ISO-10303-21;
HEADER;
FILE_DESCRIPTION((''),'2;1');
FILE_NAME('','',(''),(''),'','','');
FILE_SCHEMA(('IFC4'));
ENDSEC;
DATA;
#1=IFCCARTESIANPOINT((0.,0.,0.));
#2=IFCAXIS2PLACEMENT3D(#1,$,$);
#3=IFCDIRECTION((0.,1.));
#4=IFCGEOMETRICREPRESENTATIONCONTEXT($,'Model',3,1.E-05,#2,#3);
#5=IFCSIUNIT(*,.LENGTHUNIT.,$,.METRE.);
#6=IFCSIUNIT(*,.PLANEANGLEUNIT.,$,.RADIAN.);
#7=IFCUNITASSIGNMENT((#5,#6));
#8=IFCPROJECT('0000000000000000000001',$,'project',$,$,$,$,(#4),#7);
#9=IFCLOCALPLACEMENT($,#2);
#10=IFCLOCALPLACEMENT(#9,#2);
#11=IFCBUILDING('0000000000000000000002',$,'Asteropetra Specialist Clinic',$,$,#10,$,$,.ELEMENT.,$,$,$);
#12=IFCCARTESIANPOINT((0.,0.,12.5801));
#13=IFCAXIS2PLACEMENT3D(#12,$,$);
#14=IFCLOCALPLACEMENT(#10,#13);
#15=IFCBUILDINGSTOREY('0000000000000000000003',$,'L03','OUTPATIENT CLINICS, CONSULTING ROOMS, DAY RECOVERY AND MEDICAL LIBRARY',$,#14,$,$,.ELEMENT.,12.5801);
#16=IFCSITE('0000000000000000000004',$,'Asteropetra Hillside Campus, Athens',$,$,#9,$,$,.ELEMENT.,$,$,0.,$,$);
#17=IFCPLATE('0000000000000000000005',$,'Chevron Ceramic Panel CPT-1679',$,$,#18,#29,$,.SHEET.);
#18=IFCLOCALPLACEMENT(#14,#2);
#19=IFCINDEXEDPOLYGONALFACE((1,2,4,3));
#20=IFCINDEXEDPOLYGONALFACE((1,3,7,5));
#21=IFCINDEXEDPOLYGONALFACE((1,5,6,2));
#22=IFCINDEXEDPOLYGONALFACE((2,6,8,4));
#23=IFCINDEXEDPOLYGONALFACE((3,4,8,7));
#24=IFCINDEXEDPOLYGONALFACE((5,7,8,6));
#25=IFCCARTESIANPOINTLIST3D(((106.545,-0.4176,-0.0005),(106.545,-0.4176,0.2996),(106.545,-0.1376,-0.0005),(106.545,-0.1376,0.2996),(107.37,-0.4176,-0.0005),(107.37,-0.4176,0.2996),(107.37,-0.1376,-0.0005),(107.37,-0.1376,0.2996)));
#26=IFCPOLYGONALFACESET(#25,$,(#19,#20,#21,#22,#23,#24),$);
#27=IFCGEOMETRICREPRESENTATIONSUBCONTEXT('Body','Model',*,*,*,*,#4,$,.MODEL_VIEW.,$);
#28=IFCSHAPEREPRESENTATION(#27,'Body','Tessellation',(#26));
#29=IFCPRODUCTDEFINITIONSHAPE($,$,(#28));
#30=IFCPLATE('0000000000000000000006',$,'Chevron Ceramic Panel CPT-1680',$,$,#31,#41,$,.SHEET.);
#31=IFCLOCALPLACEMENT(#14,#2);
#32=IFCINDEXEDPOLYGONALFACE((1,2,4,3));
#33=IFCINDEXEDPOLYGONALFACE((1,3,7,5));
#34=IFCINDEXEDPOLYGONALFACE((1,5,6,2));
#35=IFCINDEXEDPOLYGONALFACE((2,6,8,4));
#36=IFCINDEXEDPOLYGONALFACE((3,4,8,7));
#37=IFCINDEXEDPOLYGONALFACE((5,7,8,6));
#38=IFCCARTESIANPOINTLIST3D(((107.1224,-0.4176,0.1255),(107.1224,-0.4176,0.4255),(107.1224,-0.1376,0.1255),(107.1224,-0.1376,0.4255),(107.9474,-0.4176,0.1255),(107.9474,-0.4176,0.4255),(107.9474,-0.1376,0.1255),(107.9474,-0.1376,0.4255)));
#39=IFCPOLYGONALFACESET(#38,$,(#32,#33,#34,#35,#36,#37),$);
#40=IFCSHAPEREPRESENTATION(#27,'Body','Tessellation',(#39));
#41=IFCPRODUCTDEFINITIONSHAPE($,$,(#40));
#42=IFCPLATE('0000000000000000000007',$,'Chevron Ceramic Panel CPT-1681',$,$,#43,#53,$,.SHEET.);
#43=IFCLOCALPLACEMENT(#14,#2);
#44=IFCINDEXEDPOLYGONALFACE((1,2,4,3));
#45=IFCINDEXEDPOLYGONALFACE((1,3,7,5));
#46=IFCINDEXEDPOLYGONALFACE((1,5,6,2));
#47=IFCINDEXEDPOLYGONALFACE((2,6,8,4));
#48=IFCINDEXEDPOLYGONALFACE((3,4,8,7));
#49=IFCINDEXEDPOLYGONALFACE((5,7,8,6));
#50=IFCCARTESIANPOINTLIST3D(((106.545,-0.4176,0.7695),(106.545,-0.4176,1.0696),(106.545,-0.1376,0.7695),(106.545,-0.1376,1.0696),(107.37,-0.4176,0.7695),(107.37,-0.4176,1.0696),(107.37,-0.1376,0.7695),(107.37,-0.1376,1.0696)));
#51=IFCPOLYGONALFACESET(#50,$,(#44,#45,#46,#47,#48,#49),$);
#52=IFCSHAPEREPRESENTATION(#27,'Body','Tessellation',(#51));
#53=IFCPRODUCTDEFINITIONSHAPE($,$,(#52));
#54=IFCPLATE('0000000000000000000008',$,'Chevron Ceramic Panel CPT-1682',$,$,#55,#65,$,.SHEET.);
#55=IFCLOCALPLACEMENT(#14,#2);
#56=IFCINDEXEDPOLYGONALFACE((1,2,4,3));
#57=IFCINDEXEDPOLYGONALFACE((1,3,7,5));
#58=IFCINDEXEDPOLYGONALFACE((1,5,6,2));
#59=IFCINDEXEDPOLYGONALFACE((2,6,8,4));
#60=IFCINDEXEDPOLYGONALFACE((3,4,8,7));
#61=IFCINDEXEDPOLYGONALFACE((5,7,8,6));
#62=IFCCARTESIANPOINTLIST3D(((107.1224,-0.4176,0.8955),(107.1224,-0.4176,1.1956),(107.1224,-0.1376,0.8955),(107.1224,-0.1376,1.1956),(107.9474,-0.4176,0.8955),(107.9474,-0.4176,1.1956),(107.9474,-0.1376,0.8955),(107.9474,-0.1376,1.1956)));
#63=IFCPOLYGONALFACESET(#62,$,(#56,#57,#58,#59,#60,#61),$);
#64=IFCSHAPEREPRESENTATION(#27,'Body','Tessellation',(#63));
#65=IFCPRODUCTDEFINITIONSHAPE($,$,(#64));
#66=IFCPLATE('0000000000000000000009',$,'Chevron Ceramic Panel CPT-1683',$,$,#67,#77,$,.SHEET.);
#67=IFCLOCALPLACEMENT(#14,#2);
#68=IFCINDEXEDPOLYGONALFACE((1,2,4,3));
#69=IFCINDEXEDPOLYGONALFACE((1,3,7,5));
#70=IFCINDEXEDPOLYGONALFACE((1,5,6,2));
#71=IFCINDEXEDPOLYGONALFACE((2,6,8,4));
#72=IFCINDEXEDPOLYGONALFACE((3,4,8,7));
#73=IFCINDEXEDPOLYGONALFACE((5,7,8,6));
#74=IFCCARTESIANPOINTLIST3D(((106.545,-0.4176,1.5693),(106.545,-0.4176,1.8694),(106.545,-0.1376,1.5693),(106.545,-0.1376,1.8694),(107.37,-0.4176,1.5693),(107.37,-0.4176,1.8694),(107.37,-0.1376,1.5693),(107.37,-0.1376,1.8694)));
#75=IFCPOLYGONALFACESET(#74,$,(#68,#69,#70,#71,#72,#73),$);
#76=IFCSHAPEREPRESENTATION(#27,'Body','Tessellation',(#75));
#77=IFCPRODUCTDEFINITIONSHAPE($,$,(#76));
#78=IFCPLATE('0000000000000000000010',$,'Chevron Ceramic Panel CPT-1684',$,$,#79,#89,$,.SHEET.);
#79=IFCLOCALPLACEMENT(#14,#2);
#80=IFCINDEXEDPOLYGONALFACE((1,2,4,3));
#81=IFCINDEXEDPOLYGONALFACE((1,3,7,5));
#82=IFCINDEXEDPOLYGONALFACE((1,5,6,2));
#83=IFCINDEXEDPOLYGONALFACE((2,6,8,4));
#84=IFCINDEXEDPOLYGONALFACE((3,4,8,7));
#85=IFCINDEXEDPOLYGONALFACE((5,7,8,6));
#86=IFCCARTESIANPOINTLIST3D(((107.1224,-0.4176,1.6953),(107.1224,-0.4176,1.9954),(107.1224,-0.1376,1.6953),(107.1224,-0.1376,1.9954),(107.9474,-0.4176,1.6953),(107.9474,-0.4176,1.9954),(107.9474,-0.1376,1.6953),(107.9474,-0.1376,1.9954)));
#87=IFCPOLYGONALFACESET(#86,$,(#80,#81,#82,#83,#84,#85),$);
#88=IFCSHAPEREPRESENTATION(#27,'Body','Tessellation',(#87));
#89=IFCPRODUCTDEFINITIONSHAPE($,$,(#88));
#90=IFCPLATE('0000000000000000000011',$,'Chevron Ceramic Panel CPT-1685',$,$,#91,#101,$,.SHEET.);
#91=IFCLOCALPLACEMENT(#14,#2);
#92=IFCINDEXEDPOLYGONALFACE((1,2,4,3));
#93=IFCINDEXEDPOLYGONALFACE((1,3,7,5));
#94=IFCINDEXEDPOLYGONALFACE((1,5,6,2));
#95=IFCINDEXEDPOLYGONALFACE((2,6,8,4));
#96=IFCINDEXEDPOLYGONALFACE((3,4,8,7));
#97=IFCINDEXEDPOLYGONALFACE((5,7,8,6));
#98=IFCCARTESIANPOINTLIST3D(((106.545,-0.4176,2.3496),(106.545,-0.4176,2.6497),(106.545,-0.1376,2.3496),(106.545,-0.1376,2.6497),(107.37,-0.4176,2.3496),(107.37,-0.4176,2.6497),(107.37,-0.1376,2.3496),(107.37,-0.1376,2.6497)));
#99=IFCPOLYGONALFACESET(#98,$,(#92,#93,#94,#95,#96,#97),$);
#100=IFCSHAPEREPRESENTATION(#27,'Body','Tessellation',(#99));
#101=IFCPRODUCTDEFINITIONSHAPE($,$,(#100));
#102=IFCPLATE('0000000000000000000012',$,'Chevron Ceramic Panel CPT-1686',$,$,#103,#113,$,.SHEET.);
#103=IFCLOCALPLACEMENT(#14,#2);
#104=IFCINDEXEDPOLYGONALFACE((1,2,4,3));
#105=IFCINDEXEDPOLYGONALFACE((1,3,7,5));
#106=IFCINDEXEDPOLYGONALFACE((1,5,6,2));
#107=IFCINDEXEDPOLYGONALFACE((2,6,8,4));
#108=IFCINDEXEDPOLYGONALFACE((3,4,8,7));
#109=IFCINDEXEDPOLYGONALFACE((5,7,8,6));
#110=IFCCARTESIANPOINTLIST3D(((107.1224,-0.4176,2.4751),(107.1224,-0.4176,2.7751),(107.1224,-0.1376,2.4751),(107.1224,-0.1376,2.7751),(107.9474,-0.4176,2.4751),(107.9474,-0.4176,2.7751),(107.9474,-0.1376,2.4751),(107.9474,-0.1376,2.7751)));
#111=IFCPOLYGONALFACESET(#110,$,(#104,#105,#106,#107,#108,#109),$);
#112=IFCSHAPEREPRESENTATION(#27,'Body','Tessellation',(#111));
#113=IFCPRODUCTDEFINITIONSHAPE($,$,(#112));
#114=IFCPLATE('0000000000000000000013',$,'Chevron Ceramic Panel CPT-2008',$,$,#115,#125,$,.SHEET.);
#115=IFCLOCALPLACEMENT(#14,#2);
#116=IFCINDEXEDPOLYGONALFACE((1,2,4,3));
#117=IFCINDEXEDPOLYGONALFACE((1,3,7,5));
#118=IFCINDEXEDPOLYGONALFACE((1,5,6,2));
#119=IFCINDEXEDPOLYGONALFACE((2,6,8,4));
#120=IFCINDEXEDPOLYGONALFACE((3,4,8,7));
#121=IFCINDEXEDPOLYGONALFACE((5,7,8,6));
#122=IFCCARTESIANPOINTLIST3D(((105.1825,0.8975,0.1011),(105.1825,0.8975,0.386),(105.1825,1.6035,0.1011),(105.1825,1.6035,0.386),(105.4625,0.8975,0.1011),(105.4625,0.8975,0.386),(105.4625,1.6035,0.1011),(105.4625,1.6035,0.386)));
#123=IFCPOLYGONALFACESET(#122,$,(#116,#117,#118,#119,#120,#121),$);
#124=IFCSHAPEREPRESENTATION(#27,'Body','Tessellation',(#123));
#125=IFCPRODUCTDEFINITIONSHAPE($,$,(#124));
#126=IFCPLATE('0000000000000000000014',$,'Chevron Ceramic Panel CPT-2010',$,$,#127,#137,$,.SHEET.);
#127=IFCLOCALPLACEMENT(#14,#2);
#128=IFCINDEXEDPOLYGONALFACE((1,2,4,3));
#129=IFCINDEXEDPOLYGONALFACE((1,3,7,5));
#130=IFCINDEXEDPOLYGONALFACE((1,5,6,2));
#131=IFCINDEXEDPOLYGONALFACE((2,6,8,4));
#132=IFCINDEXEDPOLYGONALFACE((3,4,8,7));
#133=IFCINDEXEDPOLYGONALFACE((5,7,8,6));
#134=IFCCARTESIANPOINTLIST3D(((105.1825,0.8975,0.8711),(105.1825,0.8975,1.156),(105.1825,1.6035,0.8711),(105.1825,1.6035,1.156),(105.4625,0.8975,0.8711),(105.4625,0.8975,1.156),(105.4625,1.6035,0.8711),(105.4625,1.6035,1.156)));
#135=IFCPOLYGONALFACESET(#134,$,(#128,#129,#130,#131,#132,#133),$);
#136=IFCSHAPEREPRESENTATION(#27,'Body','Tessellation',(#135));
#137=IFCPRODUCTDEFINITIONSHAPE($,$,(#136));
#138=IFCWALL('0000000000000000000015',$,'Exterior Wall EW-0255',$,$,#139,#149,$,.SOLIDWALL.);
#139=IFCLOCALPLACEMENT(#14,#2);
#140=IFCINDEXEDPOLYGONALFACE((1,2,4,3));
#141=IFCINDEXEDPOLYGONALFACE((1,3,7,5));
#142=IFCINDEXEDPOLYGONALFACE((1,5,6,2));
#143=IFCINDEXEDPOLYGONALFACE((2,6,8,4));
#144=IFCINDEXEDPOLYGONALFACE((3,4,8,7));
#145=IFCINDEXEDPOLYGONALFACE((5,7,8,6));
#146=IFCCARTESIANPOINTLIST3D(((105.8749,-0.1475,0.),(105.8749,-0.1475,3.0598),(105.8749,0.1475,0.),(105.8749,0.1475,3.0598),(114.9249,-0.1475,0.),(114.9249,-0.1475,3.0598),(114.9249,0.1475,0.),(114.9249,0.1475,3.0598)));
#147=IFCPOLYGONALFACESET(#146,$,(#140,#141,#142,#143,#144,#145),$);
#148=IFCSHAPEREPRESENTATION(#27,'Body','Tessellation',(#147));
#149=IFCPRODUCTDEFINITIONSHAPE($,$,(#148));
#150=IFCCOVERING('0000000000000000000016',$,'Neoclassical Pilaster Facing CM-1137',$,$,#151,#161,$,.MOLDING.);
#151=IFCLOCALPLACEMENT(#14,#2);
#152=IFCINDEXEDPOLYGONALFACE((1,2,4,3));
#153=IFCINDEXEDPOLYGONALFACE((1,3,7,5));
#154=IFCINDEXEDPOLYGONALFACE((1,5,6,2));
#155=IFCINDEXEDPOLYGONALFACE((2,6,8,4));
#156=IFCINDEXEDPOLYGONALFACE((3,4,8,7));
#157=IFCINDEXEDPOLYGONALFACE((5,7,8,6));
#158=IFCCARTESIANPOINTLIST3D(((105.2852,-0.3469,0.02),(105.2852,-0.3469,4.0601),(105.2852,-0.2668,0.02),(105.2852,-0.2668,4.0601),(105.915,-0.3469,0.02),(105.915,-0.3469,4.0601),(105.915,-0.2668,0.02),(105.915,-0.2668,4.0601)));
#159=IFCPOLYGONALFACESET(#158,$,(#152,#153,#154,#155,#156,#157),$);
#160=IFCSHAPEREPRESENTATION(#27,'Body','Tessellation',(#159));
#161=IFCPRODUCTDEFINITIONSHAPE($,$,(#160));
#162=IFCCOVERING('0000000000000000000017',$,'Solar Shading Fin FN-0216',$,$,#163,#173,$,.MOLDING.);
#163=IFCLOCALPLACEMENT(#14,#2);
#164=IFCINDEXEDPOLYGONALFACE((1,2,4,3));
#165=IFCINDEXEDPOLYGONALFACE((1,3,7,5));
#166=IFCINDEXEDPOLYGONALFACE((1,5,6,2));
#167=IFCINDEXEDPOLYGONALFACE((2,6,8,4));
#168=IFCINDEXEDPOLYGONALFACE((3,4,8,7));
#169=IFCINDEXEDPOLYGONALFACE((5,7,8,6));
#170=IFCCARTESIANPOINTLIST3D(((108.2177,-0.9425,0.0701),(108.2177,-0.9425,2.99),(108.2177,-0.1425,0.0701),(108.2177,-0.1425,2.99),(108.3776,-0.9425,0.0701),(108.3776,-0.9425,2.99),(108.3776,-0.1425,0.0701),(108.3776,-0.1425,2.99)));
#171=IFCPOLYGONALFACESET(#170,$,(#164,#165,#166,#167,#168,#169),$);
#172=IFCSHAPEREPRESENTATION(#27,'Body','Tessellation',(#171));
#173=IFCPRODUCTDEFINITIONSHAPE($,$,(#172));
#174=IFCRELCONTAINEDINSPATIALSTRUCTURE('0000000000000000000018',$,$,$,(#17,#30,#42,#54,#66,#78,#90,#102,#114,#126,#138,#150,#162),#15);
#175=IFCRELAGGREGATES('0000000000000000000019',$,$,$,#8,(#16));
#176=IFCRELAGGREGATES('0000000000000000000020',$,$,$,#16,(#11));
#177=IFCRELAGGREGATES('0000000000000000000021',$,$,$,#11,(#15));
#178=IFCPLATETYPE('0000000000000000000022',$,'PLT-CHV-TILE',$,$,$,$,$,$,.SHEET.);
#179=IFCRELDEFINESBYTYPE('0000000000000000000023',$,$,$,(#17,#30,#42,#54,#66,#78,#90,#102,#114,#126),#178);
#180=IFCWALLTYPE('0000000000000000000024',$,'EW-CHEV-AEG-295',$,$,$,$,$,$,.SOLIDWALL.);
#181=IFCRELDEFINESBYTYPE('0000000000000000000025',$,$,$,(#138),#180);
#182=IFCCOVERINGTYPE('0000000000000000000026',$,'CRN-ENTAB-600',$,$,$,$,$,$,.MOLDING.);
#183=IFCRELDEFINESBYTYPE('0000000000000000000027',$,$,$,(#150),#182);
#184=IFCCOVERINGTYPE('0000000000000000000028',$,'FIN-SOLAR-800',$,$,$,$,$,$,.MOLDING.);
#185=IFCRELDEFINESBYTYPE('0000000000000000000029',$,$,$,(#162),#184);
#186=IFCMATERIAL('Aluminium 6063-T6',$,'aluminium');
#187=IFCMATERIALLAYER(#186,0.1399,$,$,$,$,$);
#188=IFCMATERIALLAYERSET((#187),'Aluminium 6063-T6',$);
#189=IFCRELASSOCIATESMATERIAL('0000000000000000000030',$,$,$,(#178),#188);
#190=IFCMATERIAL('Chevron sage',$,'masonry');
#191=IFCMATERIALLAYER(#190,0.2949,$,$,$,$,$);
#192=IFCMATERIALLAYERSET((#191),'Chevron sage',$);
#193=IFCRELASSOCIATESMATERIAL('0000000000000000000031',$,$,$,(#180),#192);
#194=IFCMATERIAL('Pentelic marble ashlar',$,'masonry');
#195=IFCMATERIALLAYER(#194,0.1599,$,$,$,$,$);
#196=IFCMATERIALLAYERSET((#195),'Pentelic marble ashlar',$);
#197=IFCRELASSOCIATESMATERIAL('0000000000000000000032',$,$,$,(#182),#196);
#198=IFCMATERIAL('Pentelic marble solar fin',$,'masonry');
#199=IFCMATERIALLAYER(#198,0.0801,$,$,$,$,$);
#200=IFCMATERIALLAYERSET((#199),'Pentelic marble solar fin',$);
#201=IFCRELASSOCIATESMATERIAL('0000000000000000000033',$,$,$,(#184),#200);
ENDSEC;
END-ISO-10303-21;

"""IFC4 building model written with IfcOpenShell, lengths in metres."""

from ifc_helpers import new_model, si_unit, direction, frame, frame_2d, origin, origin_2d, place, context, subcontext, project, spatial, rectangle, extrude, material, layer, layer_set, type_object, element, save


model = new_model("IFC4")

# Units and contexts
model_context = context("Model", 3, precision=1e-05, world=origin(), true_north=direction((0.0, 1.0)))
body_context = subcontext(model_context, "Body", "Model", "MODEL_VIEW")
ifc_project = project(units=[si_unit("LENGTHUNIT", "METRE"), si_unit("PLANEANGLEUNIT", "RADIAN")], contexts=[model_context])

# Site, building, storey
site_placement = place(None, origin())
site = spatial("IfcSite", under=ifc_project, at=site_placement, Name="Asteropetra Hillside Campus, Athens", CompositionType="ELEMENT", RefElevation=0.0)
building_placement = place(site_placement, origin())
building = spatial("IfcBuilding", under=site, at=building_placement, Name="Asteropetra Specialist Clinic", CompositionType="ELEMENT")
storey_placement = place(building_placement, frame((0.0, 0.0, 12.5801)))
storey = spatial("IfcBuildingStorey", under=building, at=storey_placement, Name="L03", Description="OUTPATIENT CLINICS, CONSULTING ROOMS, DAY RECOVERY AND MEDICAL LIBRARY", CompositionType="ELEMENT", Elevation=12.5801)

# Plates
ifc_material_1 = material(Name="Aluminium 6063-T6", Category="aluminium")
ifc_layer_1 = layer(ifc_material_1, 0.1399)
ifc_layer_set_1 = layer_set([ifc_layer_1], Name="Aluminium 6063-T6")
plate_type_1 = type_object("IfcPlateType", Name="PLT-CHV-TILE", PredefinedType="SHEET", material=ifc_layer_set_1)
for number, where, z_axis, x_axis, name in (
    (1, (106.9575, -0.2776, -0.0005), (0.0, 0.0, 1.0), (1.0, 0.0, 0.0), "Chevron Ceramic Panel CPT-1679"),
    (2, (107.5349, -0.2776, 0.1255), (0.0, 0.0, 1.0), (1.0, 0.0, 0.0), "Chevron Ceramic Panel CPT-1680"),
    (3, (106.9575, -0.2776, 0.7695), (0.0, 0.0, 1.0), (1.0, 0.0, 0.0), "Chevron Ceramic Panel CPT-1681"),
    (4, (107.5349, -0.2776, 0.8955), (0.0, 0.0, 1.0), (1.0, 0.0, 0.0), "Chevron Ceramic Panel CPT-1682"),
    (5, (106.9575, -0.2776, 1.5693), (0.0, 0.0, 1.0), (1.0, 0.0, 0.0), "Chevron Ceramic Panel CPT-1683"),
    (6, (107.5349, -0.2776, 1.6953), (0.0, 0.0, 1.0), (1.0, 0.0, 0.0), "Chevron Ceramic Panel CPT-1684"),
    (7, (106.9575, -0.2776, 2.3496), (0.0, 0.0, 1.0), (1.0, 0.0, 0.0), "Chevron Ceramic Panel CPT-1685"),
    (8, (107.5349, -0.2776, 2.4751), (0.0, 0.0, 1.0), (1.0, 0.0, 0.0), "Chevron Ceramic Panel CPT-1686"),
):
    element("IfcPlate", number, at=place(storey_placement, frame(where, z_axis=z_axis, x_axis=x_axis)), inside=storey, type_object=plate_type_1, Name=name, PredefinedType="SHEET", context=body_context, shape_type="SweptSolid", body=[
        extrude(rectangle(XDim=0.825, YDim=0.28, at=origin_2d()), origin(), (0.0, 0.0, 1.0), 0.3),
    ])
for number, where, z_axis, x_axis, name in (
    (9, (105.3225, 1.2505, 0.1011), (0.0, 0.0, 1.0), (1.0, 0.0, 0.0), "Chevron Ceramic Panel CPT-2008"),
    (10, (105.3225, 1.2505, 0.8711), (0.0, 0.0, 1.0), (1.0, 0.0, 0.0), "Chevron Ceramic Panel CPT-2010"),
):
    element("IfcPlate", number, at=place(storey_placement, frame(where, z_axis=z_axis, x_axis=x_axis)), inside=storey, type_object=plate_type_1, Name=name, PredefinedType="SHEET", context=body_context, shape_type="SweptSolid", body=[
        extrude(rectangle(XDim=0.28, YDim=0.7061, at=origin_2d()), origin(), (0.0, 0.0, 1.0), 0.2849),
    ])

# Wall
ifc_material_2 = material(Name="Chevron sage", Category="masonry")
ifc_layer_2 = layer(ifc_material_2, 0.2949)
ifc_layer_set_2 = layer_set([ifc_layer_2], Name="Chevron sage")
wall_type = type_object("IfcWallType", Name="EW-CHEV-AEG-295", PredefinedType="SOLIDWALL", material=ifc_layer_set_2)
wall_placement = place(storey_placement, frame((105.875, 0.0, 0.0), z_axis=(0.0, 0.0, 1.0), x_axis=(1.0, 0.0, 0.0)))
element("IfcWall", 11, at=wall_placement, inside=storey, type_object=wall_type, Name="Exterior Wall EW-0255", PredefinedType="SOLIDWALL", context=body_context, shape_type="SweptSolid", body=[
    extrude(rectangle(XDim=9.05, YDim=0.2949, at=frame_2d((4.5249, 0.0))), origin(), (0.0, 0.0, 1.0), 3.0598),
])

# Coverings
ifc_material_3 = material(Name="Pentelic marble ashlar", Category="masonry")
ifc_layer_3 = layer(ifc_material_3, 0.1599)
ifc_layer_set_3 = layer_set([ifc_layer_3], Name="Pentelic marble ashlar")
covering_type_1 = type_object("IfcCoveringType", Name="CRN-ENTAB-600", PredefinedType="MOLDING", material=ifc_layer_set_3)
covering_1_placement = place(storey_placement, frame((105.6001, -0.3069, 0.02), z_axis=(0.0, 0.0, 1.0), x_axis=(1.0, 0.0, 0.0)))
element("IfcCovering", 12, at=covering_1_placement, inside=storey, type_object=covering_type_1, Name="Neoclassical Pilaster Facing CM-1137", PredefinedType="MOLDING", context=body_context, shape_type="SweptSolid", body=[
    extrude(rectangle(XDim=0.6299, YDim=0.0801, at=origin_2d()), origin(), (0.0, 0.0, 1.0), 4.04),
])
ifc_material_4 = material(Name="Pentelic marble solar fin", Category="masonry")
ifc_layer_4 = layer(ifc_material_4, 0.0801)
ifc_layer_set_4 = layer_set([ifc_layer_4], Name="Pentelic marble solar fin")
covering_type_2 = type_object("IfcCoveringType", Name="FIN-SOLAR-800", PredefinedType="MOLDING", material=ifc_layer_set_4)
covering_2_placement = place(storey_placement, frame((108.2976, -0.5425, 0.0701), z_axis=(0.0, 0.0, 1.0), x_axis=(1.0, 0.0, 0.0)))
element("IfcCovering", 13, at=covering_2_placement, inside=storey, type_object=covering_type_2, Name="Solar Shading Fin FN-0216", PredefinedType="MOLDING", context=body_context, shape_type="SweptSolid", body=[
    extrude(rectangle(XDim=0.1599, YDim=0.8, at=origin_2d()), origin(), (0.0, 0.0, 1.0), 2.9199),
])

save(model, "model.ifc")
